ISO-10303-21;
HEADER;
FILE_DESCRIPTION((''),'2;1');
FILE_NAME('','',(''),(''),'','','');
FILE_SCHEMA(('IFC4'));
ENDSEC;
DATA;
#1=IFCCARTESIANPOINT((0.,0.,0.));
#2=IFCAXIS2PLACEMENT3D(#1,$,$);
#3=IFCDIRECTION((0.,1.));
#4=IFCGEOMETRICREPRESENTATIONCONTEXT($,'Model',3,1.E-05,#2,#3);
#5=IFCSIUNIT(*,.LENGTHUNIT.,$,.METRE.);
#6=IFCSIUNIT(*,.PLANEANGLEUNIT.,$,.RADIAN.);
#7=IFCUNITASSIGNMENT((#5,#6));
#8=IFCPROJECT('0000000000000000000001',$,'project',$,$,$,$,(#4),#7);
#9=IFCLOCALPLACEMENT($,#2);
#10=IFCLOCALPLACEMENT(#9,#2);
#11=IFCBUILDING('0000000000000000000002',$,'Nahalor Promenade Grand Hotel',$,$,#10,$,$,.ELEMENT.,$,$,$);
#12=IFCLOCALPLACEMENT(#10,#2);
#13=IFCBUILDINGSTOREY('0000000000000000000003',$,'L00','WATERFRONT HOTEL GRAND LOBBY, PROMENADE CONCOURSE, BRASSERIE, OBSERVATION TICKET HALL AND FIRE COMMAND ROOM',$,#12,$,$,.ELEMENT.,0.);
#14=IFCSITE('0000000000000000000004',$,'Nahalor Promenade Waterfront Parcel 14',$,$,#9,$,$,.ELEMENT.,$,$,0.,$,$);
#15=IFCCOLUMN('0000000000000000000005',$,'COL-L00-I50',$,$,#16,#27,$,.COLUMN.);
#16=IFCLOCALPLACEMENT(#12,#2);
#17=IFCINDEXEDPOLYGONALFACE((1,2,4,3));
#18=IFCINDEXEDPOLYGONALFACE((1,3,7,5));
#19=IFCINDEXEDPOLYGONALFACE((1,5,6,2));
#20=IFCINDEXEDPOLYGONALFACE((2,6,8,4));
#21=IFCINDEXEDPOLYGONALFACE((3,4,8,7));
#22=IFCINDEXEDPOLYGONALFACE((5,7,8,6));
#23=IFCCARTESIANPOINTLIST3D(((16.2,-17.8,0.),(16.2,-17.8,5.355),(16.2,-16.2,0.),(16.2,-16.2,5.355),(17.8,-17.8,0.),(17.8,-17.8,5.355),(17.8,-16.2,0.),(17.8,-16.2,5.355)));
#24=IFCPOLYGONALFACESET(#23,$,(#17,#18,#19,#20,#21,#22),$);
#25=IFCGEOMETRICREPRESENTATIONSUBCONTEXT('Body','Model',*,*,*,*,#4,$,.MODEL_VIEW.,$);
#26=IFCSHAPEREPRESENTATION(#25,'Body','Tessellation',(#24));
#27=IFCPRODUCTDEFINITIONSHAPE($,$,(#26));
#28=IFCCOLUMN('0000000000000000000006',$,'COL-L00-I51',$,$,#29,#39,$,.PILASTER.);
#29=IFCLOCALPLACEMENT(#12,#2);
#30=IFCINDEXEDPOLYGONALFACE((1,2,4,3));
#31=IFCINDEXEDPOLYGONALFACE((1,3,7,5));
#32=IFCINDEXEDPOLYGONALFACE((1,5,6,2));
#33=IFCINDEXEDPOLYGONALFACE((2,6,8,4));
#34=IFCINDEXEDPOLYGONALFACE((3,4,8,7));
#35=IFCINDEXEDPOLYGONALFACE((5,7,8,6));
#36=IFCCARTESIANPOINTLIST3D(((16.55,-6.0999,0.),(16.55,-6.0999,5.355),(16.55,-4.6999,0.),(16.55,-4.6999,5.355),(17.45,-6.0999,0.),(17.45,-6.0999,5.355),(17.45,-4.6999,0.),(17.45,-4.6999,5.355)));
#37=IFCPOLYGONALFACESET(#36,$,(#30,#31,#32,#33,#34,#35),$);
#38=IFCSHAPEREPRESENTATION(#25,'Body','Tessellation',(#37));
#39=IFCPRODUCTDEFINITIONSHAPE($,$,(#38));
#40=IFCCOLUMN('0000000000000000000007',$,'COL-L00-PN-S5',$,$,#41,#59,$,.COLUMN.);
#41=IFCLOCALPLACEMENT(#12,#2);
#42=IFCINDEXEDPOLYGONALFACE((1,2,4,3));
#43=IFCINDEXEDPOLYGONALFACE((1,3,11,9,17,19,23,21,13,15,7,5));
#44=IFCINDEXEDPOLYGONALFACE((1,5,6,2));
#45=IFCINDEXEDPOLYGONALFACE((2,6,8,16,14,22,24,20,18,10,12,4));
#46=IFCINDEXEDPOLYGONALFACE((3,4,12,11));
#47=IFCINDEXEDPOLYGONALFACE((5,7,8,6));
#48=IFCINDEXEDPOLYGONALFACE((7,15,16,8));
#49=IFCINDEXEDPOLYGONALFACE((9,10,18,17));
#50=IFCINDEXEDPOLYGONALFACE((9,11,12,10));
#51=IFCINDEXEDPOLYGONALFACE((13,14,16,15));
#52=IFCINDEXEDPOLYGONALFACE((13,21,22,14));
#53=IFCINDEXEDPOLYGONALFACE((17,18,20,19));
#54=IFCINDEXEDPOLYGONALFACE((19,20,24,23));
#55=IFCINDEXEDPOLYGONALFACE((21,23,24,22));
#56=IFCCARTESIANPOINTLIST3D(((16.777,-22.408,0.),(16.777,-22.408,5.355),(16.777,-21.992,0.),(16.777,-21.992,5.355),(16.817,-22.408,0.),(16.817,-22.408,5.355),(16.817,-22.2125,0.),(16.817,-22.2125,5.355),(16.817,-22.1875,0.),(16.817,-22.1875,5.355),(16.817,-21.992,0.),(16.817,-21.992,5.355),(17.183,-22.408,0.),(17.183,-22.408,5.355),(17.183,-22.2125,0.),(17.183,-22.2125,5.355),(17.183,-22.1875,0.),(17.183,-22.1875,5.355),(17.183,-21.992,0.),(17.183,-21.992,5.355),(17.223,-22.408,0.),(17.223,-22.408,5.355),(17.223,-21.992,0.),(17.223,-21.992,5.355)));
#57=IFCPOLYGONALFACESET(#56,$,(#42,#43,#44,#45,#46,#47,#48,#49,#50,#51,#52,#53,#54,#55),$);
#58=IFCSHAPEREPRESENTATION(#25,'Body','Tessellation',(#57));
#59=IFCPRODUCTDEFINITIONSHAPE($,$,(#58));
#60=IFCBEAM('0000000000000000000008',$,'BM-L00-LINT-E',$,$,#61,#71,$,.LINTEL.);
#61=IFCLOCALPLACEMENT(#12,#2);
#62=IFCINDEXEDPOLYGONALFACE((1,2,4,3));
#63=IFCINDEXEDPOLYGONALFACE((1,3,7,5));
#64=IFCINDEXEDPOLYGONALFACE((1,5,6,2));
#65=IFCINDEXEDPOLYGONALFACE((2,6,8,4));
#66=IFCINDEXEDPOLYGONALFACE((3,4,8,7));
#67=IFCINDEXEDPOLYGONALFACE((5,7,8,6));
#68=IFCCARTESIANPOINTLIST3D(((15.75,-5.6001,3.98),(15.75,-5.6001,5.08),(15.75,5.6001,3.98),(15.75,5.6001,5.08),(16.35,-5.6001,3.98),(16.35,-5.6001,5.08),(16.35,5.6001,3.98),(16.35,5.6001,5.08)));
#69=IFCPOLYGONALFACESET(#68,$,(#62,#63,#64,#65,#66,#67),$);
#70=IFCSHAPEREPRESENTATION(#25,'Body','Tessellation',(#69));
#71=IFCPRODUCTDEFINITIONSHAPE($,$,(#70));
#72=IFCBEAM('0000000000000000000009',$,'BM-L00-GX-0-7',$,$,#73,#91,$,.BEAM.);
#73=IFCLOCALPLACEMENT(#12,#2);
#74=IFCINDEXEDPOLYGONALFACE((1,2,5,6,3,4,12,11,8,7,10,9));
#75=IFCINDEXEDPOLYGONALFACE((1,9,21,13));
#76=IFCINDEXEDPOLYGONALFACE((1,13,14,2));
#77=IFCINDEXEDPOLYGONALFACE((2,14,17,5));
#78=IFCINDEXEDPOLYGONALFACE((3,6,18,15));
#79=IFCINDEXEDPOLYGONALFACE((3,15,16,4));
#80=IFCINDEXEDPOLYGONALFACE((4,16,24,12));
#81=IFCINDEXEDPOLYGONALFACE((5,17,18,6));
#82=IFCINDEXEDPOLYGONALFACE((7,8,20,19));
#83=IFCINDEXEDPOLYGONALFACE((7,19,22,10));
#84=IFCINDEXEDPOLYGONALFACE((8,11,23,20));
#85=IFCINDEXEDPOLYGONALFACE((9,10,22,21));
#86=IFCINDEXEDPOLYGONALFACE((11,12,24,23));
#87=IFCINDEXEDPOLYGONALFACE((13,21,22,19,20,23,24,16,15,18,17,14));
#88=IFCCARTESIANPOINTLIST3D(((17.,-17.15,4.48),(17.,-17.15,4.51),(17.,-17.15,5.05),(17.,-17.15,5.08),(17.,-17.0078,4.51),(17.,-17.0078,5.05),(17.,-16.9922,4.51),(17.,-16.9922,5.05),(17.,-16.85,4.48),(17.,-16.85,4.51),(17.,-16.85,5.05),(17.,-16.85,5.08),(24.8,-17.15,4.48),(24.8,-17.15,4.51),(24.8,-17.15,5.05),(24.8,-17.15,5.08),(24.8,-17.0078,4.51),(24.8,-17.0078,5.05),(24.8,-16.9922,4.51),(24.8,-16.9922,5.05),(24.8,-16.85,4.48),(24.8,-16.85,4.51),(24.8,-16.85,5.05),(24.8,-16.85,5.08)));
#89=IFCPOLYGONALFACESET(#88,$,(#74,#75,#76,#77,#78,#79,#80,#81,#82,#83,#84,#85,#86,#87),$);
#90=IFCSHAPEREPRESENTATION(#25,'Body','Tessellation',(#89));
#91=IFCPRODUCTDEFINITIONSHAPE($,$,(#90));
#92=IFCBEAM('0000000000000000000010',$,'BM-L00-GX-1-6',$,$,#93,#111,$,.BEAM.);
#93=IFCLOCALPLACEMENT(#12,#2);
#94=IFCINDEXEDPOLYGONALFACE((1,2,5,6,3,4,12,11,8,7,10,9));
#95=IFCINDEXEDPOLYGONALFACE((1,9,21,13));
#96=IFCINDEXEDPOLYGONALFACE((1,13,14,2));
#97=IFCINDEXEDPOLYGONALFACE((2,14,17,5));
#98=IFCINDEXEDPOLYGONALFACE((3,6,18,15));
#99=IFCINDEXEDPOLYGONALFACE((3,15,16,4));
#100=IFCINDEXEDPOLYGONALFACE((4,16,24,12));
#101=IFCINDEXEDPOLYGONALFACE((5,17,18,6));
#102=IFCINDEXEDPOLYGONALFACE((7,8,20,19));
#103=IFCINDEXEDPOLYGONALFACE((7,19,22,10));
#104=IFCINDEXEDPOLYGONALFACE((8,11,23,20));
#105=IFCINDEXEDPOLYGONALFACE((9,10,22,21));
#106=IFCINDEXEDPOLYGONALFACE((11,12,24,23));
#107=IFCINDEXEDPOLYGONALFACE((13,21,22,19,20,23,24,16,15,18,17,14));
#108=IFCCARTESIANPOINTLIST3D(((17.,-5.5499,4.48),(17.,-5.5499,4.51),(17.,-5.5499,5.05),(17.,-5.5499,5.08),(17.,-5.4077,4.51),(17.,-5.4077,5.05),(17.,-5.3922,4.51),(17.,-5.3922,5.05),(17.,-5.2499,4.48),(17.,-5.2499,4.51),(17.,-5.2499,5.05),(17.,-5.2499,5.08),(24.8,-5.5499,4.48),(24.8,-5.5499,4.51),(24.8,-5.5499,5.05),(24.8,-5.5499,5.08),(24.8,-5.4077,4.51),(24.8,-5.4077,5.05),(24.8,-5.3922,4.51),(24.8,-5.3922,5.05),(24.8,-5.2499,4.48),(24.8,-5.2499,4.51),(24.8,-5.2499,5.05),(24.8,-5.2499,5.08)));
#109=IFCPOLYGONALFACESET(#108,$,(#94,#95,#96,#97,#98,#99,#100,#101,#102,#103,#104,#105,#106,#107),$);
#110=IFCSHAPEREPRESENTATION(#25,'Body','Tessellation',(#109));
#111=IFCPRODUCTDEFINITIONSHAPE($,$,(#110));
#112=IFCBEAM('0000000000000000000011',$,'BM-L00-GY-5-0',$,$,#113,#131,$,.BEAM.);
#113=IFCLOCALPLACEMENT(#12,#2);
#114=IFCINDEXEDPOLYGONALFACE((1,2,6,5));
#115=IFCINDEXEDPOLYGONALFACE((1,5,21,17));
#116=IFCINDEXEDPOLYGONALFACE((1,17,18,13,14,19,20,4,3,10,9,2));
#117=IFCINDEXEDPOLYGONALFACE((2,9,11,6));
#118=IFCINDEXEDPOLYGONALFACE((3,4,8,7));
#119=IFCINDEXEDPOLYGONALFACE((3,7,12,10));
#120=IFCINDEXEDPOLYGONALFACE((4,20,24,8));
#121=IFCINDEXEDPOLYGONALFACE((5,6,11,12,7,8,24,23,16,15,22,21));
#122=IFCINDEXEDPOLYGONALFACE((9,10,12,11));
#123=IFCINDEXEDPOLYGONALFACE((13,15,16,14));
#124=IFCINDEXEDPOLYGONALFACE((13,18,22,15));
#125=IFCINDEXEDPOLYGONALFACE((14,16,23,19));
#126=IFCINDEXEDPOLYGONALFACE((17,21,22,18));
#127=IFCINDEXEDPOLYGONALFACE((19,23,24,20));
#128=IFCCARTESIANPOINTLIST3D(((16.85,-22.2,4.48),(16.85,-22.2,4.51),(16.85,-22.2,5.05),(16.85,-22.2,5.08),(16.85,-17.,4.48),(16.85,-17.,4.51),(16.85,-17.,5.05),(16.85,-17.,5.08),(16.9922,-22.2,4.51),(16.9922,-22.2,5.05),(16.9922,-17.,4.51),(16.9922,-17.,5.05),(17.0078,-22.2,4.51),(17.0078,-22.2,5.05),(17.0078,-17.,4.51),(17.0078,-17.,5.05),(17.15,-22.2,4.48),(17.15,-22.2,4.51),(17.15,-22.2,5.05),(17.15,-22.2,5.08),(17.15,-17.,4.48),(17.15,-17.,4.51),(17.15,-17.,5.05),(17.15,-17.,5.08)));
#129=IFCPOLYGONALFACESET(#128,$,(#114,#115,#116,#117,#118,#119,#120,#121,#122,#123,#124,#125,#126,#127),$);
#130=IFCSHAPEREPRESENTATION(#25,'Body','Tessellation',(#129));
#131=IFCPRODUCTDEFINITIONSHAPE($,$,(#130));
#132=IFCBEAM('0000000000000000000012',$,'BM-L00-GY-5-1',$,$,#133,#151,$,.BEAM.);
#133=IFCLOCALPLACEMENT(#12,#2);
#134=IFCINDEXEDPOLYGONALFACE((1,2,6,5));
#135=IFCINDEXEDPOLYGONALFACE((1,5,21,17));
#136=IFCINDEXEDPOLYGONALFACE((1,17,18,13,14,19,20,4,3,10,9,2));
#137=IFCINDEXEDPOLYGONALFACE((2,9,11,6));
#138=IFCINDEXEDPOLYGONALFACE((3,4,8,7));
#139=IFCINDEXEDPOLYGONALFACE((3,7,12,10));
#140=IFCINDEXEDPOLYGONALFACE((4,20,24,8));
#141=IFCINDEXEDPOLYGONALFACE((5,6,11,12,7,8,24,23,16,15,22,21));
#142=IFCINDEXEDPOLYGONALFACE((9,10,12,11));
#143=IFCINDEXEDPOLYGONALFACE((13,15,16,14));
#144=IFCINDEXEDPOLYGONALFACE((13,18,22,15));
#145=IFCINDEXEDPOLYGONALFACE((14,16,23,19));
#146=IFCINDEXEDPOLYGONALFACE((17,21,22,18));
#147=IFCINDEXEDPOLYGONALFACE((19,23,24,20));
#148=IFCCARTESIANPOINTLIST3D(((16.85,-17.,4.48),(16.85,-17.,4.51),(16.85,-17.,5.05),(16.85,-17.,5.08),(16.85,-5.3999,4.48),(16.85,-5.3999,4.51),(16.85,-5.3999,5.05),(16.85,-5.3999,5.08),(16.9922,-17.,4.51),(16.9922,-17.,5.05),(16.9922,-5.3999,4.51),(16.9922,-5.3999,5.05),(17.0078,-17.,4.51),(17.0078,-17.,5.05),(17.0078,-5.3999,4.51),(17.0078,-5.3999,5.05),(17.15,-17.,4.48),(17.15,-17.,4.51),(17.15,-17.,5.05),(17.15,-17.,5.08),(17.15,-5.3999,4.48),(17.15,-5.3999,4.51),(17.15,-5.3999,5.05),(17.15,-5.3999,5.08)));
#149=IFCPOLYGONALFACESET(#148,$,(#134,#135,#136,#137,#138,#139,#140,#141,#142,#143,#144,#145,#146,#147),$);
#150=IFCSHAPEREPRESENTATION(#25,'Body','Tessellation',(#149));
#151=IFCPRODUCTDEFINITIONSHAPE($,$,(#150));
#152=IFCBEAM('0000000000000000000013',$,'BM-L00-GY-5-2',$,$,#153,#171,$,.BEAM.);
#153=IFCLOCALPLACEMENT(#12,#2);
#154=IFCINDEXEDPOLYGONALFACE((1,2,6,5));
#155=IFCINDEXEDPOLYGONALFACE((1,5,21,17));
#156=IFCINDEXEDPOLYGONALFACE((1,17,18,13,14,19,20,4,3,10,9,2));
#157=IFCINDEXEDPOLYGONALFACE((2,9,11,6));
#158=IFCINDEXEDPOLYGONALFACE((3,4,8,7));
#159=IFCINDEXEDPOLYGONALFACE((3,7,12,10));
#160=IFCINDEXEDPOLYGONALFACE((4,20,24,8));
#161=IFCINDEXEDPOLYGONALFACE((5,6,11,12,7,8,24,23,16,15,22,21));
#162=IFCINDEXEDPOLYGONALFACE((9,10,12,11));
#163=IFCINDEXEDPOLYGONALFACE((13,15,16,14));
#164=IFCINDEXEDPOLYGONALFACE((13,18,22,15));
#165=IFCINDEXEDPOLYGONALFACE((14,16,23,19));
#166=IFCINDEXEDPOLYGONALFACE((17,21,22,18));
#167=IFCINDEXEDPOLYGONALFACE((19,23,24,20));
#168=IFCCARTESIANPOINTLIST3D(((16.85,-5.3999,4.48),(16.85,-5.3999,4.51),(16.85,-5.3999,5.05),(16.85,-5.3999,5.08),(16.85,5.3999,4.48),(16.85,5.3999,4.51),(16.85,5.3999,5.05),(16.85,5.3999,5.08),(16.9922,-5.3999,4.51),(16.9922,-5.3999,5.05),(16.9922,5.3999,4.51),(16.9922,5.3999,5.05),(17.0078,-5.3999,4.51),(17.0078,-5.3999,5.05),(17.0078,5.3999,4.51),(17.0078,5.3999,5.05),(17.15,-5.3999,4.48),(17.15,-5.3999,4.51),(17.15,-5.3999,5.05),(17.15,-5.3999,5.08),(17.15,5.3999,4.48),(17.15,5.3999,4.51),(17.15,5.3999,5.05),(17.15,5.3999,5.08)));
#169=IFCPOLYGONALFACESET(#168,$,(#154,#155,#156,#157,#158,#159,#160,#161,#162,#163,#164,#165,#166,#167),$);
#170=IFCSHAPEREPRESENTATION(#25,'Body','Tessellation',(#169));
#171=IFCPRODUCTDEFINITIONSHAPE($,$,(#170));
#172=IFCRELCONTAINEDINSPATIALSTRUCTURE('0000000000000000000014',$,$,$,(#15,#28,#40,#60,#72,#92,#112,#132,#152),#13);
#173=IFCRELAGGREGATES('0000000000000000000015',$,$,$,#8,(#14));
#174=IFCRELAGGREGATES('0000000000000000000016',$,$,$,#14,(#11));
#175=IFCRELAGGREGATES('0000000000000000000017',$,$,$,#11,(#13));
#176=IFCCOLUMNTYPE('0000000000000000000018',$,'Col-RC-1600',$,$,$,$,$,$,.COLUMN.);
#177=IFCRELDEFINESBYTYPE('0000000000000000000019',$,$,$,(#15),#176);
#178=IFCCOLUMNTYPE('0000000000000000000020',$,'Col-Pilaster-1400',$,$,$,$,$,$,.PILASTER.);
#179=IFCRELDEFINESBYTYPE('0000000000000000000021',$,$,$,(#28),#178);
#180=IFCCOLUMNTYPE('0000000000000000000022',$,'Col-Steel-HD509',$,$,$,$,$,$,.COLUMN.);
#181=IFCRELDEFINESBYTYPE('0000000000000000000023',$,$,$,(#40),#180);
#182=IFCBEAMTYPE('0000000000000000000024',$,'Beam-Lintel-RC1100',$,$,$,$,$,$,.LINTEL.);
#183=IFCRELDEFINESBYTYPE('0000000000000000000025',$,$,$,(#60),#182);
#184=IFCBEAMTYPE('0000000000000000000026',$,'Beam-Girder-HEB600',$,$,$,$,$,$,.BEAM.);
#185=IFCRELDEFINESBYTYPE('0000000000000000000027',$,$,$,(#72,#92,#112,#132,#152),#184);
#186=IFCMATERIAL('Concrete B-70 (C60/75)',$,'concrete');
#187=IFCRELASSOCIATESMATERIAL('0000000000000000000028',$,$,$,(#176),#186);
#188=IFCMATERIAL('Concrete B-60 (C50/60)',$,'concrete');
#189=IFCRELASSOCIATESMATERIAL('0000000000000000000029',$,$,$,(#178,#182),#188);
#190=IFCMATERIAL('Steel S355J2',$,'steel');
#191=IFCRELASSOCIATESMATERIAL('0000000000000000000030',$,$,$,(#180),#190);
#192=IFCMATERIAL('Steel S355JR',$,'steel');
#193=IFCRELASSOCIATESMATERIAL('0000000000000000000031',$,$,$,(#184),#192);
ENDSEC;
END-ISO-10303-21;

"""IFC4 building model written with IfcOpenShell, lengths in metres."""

from ifc_helpers import new_model, si_unit, direction, frame, origin, origin_2d, place, context, subcontext, project, spatial, rectangle, i_section, extrude, source, transform, mapped, material, material_profile, profile_set, type_object, element, save


model = new_model("IFC4")

# Units and contexts
model_context = context("Model", 3, precision=1e-05, world=origin(), true_north=direction((0.0, 1.0)))
body_context = subcontext(model_context, "Body", "Model", "MODEL_VIEW")
ifc_project = project(units=[si_unit("LENGTHUNIT", "METRE"), si_unit("PLANEANGLEUNIT", "RADIAN")], contexts=[model_context])

# Site, building, storey
site_placement = place(None, origin())
site = spatial("IfcSite", under=ifc_project, at=site_placement, Name="Nahalor Promenade Waterfront Parcel 14", CompositionType="ELEMENT", RefElevation=0.0)
building_placement = place(site_placement, origin())
building = spatial("IfcBuilding", under=site, at=building_placement, Name="Nahalor Promenade Grand Hotel", CompositionType="ELEMENT")
storey_placement = place(building_placement, origin())
storey = spatial("IfcBuildingStorey", under=building, at=storey_placement, Name="L00", Description="WATERFRONT HOTEL GRAND LOBBY, PROMENADE CONCOURSE, BRASSERIE, OBSERVATION TICKET HALL AND FIRE COMMAND ROOM", CompositionType="ELEMENT", Elevation=0.0)

# Columns
ifc_material_1 = material(Name="Concrete B-70 (C60/75)", Category="concrete")
ifc_material_profile_1 = material_profile(ifc_material_1, rectangle(XDim=1.6, YDim=1.6, at=origin_2d()), Name="RC 1600x1600")
ifc_profile_set_1 = profile_set([ifc_material_profile_1], Name="Concrete B-70 (C60/75)")
column_type_1 = type_object("IfcColumnType", Name="Col-RC-1600", PredefinedType="COLUMN", material=ifc_profile_set_1)
shared_shape_1 = source(origin(), body_context, "Body", "SweptSolid", [
    extrude(rectangle(XDim=1.6, YDim=1.6, at=origin_2d()), origin(), (0.0, 0.0, 1.0), 5.355),
])
column_1_placement = place(storey_placement, frame((17.0, -17.0, 0.0), z_axis=(0.0, 0.0, 1.0), x_axis=(1.0, 0.0, 0.0)))
element("IfcColumn", 1, at=column_1_placement, inside=storey, type_object=column_type_1, Name="COL-L00-I50", PredefinedType="COLUMN", context=body_context, shape_type="MappedRepresentation", body=[
    mapped(shared_shape_1, transform((0.0, 0.0, 0.0), scale=1.0)),
])
ifc_material_2 = material(Name="Concrete B-60 (C50/60)", Category="concrete")
ifc_material_profile_2 = material_profile(ifc_material_2, rectangle(XDim=0.9, YDim=1.4, at=origin_2d()), Name="RC 900x1400")
ifc_profile_set_2 = profile_set([ifc_material_profile_2], Name="Concrete B-60 (C50/60)")
column_type_2 = type_object("IfcColumnType", Name="Col-Pilaster-1400", PredefinedType="PILASTER", material=ifc_profile_set_2)
shared_shape_2 = source(origin(), body_context, "Body", "SweptSolid", [
    extrude(rectangle(XDim=0.9, YDim=1.4, at=origin_2d()), origin(), (0.0, 0.0, 1.0), 5.355),
])
column_2_placement = place(storey_placement, frame((17.0, -5.3999, 0.0), z_axis=(0.0, 0.0, 1.0), x_axis=(1.0, 0.0, 0.0)))
element("IfcColumn", 2, at=column_2_placement, inside=storey, type_object=column_type_2, Name="COL-L00-I51", PredefinedType="PILASTER", context=body_context, shape_type="MappedRepresentation", body=[
    mapped(shared_shape_2, transform((0.0, 0.0, 0.0), scale=1.0)),
])
ifc_material_3 = material(Name="Steel S355J2", Category="steel")
ifc_material_profile_3 = material_profile(ifc_material_3, i_section(OverallWidth=0.416, OverallDepth=0.446, WebThickness=0.025, FlangeThickness=0.04, at=origin_2d()), Name="HD 400x509")
ifc_profile_set_3 = profile_set([ifc_material_profile_3], Name="Steel S355J2")
column_type_3 = type_object("IfcColumnType", Name="Col-Steel-HD509", PredefinedType="COLUMN", material=ifc_profile_set_3)
shared_shape_3 = source(origin(), body_context, "Body", "SweptSolid", [
    extrude(i_section(OverallWidth=0.416, OverallDepth=0.446, WebThickness=0.025, FlangeThickness=0.04, at=origin_2d()), origin(), (0.0, 0.0, 1.0), 5.355),
])
column_3_placement = place(storey_placement, frame((17.0, -22.2, 0.0), z_axis=(0.0, 0.0, 1.0), x_axis=(0.0, 1.0, 0.0)))
element("IfcColumn", 3, at=column_3_placement, inside=storey, type_object=column_type_3, Name="COL-L00-PN-S5", PredefinedType="COLUMN", context=body_context, shape_type="MappedRepresentation", body=[
    mapped(shared_shape_3, transform((0.0, 0.0, 0.0), scale=1.0)),
])

# Beams
ifc_material_profile_4 = material_profile(ifc_material_2, rectangle(XDim=0.6, YDim=1.1, at=origin_2d()), Name="RC 600x1100")
ifc_profile_set_4 = profile_set([ifc_material_profile_4], Name="Concrete B-60 (C50/60)")
beam_type_1 = type_object("IfcBeamType", Name="Beam-Lintel-RC1100", PredefinedType="LINTEL", material=ifc_profile_set_4)
shared_shape_4 = source(origin(), body_context, "Body", "SweptSolid", [
    extrude(rectangle(XDim=0.6, YDim=1.1, at=origin_2d()), origin(), (0.0, 0.0, 1.0), 11.2002),
])
beam_1_placement = place(storey_placement, frame((16.05, -5.6001, 4.53), z_axis=(0.0, 1.0, 0.0), x_axis=(-1.0, 0.0, 0.0)))
element("IfcBeam", 4, at=beam_1_placement, inside=storey, type_object=beam_type_1, Name="BM-L00-LINT-E", PredefinedType="LINTEL", context=body_context, shape_type="MappedRepresentation", body=[
    mapped(shared_shape_4, transform((0.0, 0.0, 0.0), scale=1.0)),
])
ifc_material_4 = material(Name="Steel S355JR", Category="steel")
ifc_material_profile_5 = material_profile(ifc_material_4, i_section(OverallWidth=0.3, OverallDepth=0.6, WebThickness=0.0155, FlangeThickness=0.03, at=origin_2d()), Name="HEB 600")
ifc_profile_set_5 = profile_set([ifc_material_profile_5], Name="Steel S355JR")
beam_type_2 = type_object("IfcBeamType", Name="Beam-Girder-HEB600", PredefinedType="BEAM", material=ifc_profile_set_5)
shared_shape_5 = source(origin(), body_context, "Body", "SweptSolid", [
    extrude(i_section(OverallWidth=0.3, OverallDepth=0.6, WebThickness=0.0155, FlangeThickness=0.03, at=origin_2d()), origin(), (0.0, 0.0, 1.0), 7.8),
])
for number, where, z_axis, x_axis, name in (
    (5, (17.0, -17.0, 4.78), (1.0, 0.0, 0.0), (0.0, 1.0, 0.0), "BM-L00-GX-0-7"),
    (6, (17.0, -5.3999, 4.78), (1.0, 0.0, 0.0), (0.0, 1.0, 0.0), "BM-L00-GX-1-6"),
):
    element("IfcBeam", number, at=place(storey_placement, frame(where, z_axis=z_axis, x_axis=x_axis)), inside=storey, type_object=beam_type_2, Name=name, PredefinedType="BEAM", context=body_context, shape_type="MappedRepresentation", body=[
        mapped(shared_shape_5, transform((0.0, 0.0, 0.0), scale=1.0)),
    ])
shared_shape_6 = source(origin(), body_context, "Body", "SweptSolid", [
    extrude(i_section(OverallWidth=0.3, OverallDepth=0.6, WebThickness=0.0155, FlangeThickness=0.03, at=origin_2d()), origin(), (0.0, 0.0, 1.0), 5.2),
])
beam_2_placement = place(storey_placement, frame((17.0, -22.2, 4.78), z_axis=(0.0, 1.0, 0.0), x_axis=(-1.0, 0.0, 0.0)))
element("IfcBeam", 7, at=beam_2_placement, inside=storey, type_object=beam_type_2, Name="BM-L00-GY-5-0", PredefinedType="BEAM", context=body_context, shape_type="MappedRepresentation", body=[
    mapped(shared_shape_6, transform((0.0, 0.0, 0.0), scale=1.0)),
])
shared_shape_7 = source(origin(), body_context, "Body", "SweptSolid", [
    extrude(i_section(OverallWidth=0.3, OverallDepth=0.6, WebThickness=0.0155, FlangeThickness=0.03, at=origin_2d()), origin(), (0.0, 0.0, 1.0), 11.6001),
])
beam_3_placement = place(storey_placement, frame((17.0, -17.0, 4.78), z_axis=(0.0, 1.0, 0.0), x_axis=(-1.0, 0.0, 0.0)))
element("IfcBeam", 8, at=beam_3_placement, inside=storey, type_object=beam_type_2, Name="BM-L00-GY-5-1", PredefinedType="BEAM", context=body_context, shape_type="MappedRepresentation", body=[
    mapped(shared_shape_7, transform((0.0, 0.0, 0.0), scale=1.0)),
])
shared_shape_8 = source(origin(), body_context, "Body", "SweptSolid", [
    extrude(i_section(OverallWidth=0.3, OverallDepth=0.6, WebThickness=0.0155, FlangeThickness=0.03, at=origin_2d()), origin(), (0.0, 0.0, 1.0), 10.7998),
])
beam_4_placement = place(storey_placement, frame((17.0, -5.3999, 4.78), z_axis=(0.0, 1.0, 0.0), x_axis=(-1.0, 0.0, 0.0)))
element("IfcBeam", 9, at=beam_4_placement, inside=storey, type_object=beam_type_2, Name="BM-L00-GY-5-2", PredefinedType="BEAM", context=body_context, shape_type="MappedRepresentation", body=[
    mapped(shared_shape_8, transform((0.0, 0.0, 0.0), scale=1.0)),
])

save(model, "model.ifc")
